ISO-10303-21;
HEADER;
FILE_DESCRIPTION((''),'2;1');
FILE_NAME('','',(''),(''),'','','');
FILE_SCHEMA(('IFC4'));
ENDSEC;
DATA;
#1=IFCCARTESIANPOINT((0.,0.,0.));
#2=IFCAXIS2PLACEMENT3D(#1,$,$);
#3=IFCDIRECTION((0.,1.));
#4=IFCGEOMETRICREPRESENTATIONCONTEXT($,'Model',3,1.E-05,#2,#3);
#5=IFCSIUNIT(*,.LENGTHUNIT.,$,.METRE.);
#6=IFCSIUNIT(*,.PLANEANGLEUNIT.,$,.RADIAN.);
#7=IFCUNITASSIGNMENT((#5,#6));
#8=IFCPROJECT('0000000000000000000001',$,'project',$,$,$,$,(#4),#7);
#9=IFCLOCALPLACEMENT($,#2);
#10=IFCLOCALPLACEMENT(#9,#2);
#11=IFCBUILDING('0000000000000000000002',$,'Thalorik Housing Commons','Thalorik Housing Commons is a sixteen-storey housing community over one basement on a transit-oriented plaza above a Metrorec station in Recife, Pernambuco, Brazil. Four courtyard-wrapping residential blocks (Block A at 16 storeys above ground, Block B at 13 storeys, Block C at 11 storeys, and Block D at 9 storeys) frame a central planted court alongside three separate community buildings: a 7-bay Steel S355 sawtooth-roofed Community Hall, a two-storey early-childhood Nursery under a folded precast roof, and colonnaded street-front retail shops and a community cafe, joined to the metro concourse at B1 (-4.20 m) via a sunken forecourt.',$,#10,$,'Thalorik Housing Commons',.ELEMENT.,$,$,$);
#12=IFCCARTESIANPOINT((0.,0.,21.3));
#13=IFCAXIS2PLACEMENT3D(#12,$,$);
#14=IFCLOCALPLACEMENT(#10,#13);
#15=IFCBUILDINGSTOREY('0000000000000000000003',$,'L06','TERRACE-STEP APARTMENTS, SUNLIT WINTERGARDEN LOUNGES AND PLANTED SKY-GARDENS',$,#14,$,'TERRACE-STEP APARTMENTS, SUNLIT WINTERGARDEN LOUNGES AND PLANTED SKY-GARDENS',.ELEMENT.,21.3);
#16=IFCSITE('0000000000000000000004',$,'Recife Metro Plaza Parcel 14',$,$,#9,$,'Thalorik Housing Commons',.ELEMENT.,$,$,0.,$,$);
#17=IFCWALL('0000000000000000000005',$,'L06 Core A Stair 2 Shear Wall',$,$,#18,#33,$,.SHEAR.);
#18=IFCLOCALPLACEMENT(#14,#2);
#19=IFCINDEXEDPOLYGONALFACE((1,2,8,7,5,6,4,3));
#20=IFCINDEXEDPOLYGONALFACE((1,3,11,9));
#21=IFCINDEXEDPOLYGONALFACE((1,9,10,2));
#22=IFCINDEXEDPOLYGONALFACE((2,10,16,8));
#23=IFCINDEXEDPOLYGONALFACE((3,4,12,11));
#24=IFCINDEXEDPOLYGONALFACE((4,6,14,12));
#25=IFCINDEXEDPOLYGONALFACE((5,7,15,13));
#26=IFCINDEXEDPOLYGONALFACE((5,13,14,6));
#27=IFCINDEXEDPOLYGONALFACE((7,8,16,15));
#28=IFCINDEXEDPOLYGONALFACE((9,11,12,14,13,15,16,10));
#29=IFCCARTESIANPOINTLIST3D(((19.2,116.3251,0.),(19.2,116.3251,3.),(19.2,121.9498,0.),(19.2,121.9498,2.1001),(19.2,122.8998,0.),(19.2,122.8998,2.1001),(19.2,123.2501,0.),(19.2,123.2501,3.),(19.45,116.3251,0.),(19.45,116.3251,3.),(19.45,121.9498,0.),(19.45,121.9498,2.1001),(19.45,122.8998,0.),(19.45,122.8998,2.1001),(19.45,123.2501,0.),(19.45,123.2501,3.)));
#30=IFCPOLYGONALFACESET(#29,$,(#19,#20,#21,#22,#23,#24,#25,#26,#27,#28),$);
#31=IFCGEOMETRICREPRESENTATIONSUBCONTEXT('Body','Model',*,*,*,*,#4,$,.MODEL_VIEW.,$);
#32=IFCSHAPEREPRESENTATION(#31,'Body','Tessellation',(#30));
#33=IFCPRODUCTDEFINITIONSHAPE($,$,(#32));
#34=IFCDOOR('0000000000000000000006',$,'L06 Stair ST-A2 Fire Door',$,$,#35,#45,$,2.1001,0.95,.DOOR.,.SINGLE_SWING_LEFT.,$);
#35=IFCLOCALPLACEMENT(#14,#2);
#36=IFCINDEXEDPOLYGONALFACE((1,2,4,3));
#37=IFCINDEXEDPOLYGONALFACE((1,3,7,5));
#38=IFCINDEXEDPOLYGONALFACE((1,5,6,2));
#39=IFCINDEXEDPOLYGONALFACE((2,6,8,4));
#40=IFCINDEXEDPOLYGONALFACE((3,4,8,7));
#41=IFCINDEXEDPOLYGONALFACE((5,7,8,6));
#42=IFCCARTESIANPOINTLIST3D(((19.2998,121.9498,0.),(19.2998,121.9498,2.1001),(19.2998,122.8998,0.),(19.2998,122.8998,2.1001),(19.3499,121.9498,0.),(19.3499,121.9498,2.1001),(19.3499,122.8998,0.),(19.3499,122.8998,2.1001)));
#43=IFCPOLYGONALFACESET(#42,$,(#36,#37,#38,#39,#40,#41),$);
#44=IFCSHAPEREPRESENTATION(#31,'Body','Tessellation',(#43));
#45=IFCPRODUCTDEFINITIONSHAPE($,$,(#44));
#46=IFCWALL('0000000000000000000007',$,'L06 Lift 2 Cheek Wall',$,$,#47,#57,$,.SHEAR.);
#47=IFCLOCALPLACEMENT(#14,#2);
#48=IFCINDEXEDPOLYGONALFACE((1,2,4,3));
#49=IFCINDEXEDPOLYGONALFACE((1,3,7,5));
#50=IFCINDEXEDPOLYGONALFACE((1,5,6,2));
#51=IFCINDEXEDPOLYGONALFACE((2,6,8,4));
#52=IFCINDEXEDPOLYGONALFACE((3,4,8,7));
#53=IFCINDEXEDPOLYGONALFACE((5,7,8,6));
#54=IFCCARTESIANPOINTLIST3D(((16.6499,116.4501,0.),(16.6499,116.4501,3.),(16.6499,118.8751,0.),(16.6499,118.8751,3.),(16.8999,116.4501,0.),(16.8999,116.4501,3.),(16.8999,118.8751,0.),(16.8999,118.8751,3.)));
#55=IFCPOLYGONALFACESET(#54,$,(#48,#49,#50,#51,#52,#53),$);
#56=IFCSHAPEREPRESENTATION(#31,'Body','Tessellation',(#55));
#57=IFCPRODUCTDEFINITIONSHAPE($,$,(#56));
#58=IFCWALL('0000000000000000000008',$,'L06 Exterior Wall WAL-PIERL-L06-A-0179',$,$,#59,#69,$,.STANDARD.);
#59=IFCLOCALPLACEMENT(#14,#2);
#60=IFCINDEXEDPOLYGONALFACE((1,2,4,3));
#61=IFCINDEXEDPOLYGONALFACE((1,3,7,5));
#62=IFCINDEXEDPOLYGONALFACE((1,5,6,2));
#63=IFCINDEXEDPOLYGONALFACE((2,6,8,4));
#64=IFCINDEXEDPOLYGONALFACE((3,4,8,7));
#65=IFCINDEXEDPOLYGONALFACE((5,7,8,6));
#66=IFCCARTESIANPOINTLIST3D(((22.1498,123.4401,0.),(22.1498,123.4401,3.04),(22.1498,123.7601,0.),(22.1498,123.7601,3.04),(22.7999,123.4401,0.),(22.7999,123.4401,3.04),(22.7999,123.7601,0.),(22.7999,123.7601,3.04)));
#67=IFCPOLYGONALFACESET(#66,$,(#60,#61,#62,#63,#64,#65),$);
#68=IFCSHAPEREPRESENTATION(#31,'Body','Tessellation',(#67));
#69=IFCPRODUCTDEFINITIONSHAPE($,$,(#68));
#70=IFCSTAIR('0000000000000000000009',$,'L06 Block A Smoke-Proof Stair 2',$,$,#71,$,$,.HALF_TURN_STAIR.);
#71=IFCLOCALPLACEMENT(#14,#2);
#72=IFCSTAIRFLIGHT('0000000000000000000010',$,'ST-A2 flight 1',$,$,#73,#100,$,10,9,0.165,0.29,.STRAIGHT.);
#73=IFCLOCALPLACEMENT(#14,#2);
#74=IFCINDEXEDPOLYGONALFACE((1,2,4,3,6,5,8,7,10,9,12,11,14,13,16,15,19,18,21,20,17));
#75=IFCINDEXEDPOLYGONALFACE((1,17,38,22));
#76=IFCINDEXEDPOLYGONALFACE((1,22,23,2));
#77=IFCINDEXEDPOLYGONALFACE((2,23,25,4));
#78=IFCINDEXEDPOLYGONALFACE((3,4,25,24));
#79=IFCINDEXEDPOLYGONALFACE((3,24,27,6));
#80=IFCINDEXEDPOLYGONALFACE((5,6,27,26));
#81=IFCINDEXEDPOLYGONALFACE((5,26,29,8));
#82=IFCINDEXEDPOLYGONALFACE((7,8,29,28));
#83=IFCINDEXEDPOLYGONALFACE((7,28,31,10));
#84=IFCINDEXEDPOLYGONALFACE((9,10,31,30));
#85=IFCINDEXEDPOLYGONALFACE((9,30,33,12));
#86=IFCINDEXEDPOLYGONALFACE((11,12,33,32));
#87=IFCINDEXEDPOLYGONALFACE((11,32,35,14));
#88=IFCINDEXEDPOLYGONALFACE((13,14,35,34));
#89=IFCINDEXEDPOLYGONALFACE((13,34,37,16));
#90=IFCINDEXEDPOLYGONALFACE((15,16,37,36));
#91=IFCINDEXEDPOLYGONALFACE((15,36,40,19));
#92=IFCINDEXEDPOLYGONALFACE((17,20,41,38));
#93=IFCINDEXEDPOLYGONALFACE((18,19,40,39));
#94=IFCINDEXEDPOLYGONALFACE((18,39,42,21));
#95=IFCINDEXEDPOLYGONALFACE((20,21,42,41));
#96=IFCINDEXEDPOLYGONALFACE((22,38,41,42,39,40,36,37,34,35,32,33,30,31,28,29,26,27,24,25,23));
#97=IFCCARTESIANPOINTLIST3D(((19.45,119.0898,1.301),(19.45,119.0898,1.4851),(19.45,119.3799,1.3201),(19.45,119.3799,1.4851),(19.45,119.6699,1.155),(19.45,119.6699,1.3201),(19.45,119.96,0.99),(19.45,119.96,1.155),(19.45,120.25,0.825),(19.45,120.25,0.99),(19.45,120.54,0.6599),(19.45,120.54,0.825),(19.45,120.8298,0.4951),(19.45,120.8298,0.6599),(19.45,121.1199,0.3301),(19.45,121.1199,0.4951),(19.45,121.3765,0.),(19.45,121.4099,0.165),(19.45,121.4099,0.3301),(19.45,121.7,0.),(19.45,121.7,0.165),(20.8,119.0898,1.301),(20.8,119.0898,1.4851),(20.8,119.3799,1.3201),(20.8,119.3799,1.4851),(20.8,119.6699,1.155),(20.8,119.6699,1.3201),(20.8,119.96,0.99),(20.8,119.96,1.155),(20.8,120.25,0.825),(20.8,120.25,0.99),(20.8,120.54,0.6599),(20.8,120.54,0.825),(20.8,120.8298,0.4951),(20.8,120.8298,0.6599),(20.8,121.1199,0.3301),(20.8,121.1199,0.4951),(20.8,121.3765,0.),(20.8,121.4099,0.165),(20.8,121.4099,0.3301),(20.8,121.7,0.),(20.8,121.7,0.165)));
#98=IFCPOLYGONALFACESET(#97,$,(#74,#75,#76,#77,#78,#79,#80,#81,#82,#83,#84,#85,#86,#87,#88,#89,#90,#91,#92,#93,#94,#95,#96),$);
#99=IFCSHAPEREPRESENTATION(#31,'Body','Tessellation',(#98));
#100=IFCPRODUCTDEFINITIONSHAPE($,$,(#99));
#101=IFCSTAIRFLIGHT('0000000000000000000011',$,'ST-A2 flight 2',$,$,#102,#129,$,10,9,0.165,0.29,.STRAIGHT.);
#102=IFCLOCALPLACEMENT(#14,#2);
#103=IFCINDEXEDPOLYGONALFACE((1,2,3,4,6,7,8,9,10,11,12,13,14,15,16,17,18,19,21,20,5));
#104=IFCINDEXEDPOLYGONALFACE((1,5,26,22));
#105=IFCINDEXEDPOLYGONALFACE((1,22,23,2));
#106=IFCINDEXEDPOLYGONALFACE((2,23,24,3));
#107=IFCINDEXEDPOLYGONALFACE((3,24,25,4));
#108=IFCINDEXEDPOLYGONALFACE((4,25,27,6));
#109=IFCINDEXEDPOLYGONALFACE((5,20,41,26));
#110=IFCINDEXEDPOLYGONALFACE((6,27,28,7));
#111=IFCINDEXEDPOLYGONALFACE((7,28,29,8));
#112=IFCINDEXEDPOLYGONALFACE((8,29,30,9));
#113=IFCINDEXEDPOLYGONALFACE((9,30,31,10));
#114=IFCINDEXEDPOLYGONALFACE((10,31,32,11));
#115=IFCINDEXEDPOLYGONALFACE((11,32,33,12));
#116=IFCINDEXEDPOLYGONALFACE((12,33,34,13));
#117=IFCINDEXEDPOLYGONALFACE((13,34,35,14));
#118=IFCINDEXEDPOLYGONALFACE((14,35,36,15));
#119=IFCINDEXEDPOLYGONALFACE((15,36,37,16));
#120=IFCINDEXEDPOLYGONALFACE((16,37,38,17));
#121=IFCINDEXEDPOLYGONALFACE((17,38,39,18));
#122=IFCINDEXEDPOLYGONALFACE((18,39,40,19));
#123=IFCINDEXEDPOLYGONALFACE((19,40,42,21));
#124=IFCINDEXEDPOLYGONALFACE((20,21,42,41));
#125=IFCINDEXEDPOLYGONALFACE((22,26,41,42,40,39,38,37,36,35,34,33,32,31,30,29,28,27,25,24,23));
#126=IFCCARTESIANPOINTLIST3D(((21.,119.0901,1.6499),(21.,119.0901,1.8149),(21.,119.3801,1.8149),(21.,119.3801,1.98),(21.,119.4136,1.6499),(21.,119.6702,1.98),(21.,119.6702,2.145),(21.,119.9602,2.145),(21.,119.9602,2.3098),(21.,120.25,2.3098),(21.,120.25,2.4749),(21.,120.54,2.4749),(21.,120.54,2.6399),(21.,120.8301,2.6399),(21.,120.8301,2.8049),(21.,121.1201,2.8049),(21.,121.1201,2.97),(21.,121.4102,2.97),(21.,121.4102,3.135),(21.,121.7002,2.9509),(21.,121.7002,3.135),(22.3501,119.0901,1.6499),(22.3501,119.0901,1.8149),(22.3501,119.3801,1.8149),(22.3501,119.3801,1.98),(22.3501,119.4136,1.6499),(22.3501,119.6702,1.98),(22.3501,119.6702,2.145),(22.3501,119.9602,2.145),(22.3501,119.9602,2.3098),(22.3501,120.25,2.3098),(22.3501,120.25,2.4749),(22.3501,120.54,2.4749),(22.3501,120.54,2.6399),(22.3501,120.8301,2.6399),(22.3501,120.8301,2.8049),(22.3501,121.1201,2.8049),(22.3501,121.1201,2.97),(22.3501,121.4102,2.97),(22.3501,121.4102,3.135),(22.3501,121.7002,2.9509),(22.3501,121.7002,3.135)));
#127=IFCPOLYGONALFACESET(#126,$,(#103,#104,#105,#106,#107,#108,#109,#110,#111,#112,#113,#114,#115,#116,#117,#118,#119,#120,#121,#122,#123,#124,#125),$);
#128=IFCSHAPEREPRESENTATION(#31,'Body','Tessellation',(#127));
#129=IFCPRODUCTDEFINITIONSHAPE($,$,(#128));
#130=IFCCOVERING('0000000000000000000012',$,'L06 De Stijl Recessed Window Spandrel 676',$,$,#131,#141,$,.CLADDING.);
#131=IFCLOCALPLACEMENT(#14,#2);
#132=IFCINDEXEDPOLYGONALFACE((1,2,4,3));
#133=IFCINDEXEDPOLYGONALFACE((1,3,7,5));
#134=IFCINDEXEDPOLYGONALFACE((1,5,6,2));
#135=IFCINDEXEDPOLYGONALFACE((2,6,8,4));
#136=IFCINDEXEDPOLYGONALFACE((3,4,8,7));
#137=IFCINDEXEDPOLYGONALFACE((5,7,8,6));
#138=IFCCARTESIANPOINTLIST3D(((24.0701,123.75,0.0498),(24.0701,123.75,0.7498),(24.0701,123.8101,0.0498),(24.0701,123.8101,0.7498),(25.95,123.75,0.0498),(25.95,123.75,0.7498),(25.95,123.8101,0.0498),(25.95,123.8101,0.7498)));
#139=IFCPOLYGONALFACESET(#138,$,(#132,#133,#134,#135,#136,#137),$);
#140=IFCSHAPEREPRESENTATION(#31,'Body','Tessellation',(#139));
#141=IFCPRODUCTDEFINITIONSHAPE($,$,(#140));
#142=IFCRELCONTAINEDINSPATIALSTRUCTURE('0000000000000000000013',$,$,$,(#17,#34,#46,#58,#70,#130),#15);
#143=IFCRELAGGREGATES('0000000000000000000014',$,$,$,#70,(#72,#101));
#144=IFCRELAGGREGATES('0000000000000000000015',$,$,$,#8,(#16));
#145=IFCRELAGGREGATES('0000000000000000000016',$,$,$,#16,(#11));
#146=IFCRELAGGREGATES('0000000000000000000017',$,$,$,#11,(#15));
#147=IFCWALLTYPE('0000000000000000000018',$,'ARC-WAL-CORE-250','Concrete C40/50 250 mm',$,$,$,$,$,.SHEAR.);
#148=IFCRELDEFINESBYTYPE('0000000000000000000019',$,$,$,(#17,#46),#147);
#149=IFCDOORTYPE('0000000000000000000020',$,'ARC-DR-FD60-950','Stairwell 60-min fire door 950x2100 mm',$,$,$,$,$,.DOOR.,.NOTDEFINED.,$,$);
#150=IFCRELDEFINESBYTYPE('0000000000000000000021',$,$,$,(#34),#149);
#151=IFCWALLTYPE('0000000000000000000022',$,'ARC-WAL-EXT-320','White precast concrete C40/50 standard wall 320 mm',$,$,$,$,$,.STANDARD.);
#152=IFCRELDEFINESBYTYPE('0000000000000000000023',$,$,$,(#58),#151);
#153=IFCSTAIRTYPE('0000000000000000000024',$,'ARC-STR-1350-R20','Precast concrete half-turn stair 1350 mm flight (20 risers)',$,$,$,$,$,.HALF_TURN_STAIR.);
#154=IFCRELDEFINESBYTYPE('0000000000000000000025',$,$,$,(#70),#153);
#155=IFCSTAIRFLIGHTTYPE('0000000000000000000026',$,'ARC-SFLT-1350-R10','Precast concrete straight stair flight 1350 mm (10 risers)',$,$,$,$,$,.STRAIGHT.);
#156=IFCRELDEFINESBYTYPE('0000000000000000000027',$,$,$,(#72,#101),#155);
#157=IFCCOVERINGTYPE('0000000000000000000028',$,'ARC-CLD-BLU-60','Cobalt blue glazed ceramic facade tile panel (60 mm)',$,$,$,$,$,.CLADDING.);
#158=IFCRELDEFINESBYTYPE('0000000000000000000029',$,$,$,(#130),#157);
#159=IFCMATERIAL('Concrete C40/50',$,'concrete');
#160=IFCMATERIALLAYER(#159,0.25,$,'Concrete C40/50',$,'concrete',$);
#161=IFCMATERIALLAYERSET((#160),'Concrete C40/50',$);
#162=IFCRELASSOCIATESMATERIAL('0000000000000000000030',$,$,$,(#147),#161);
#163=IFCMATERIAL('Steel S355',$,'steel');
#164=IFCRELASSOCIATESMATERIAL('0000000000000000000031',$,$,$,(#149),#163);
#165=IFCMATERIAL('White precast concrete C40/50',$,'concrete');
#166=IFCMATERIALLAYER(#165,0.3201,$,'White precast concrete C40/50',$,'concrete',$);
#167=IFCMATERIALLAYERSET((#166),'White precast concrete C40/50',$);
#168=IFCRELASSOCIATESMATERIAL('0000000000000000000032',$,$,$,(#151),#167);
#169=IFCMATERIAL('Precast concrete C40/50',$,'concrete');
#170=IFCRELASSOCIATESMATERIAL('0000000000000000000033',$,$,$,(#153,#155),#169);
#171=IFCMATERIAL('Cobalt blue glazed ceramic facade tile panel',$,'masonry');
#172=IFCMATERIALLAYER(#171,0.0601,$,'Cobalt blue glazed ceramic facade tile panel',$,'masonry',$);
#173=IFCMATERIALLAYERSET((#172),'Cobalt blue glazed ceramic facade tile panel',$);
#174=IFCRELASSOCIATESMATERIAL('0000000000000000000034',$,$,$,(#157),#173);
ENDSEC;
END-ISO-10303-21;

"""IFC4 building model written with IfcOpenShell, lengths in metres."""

from ifc_helpers import new_model, si_unit, direction, frame, frame_2d, origin, origin_2d, place, context, subcontext, project, spatial, polyline, rectangle, outline, extrude, material, layer, layer_set, type_object, element, fill, aggregate, save


model = new_model("IFC4")

# Units and contexts
model_context = context("Model", 3, precision=1e-05, world=origin(), true_north=direction((0.0, 1.0)))
body_context = subcontext(model_context, "Body", "Model", "MODEL_VIEW")
ifc_project = project(units=[si_unit("LENGTHUNIT", "METRE"), si_unit("PLANEANGLEUNIT", "RADIAN")], contexts=[model_context])

# Site, building, storey
site_placement = place(None, origin())
site = spatial("IfcSite", under=ifc_project, at=site_placement, Name="Recife Metro Plaza Parcel 14", LongName="Thalorik Housing Commons", CompositionType="ELEMENT", RefElevation=0.0)
building_placement = place(site_placement, origin())
building = spatial("IfcBuilding", under=site, at=building_placement, Name="Thalorik Housing Commons", Description="Thalorik Housing Commons is a sixteen-storey housing community over one basement on a transit-oriented plaza above a Metrorec station in Recife, Pernambuco, Brazil. Four courtyard-wrapping residential blocks (Block A at 16 storeys above ground, Block B at 13 storeys, Block C at 11 storeys, and Block D at 9 storeys) frame a central planted court alongside three separate community buildings: a 7-bay Steel S355 sawtooth-roofed Community Hall, a two-storey early-childhood Nursery under a folded precast roof, and colonnaded street-front retail shops and a community cafe, joined to the metro concourse at B1 (-4.20 m) via a sunken forecourt.", LongName="Thalorik Housing Commons", CompositionType="ELEMENT")
storey_placement = place(building_placement, frame((0.0, 0.0, 21.3)))
storey = spatial("IfcBuildingStorey", under=building, at=storey_placement, Name="L06", Description="TERRACE-STEP APARTMENTS, SUNLIT WINTERGARDEN LOUNGES AND PLANTED SKY-GARDENS", LongName="TERRACE-STEP APARTMENTS, SUNLIT WINTERGARDEN LOUNGES AND PLANTED SKY-GARDENS", CompositionType="ELEMENT", Elevation=21.3)

# Shared definitions
ifc_material_1 = material(Name="Precast concrete C40/50", Category="concrete")

# Shared definitions
ifc_material_2 = material(Name="Concrete C40/50", Category="concrete")
ifc_layer_1 = layer(ifc_material_2, 0.25, Name="Concrete C40/50", Category="concrete")
ifc_layer_set_1 = layer_set([ifc_layer_1], Name="Concrete C40/50")
wall_type_1 = type_object("IfcWallType", Name="ARC-WAL-CORE-250", Description="Concrete C40/50 250 mm", PredefinedType="SHEAR", material=ifc_layer_set_1)

# Wall, opening, door
wall_1_placement = place(storey_placement, frame((19.325, 123.25, 0.0), z_axis=(0.0, 0.0, 1.0), x_axis=(0.0, -1.0, 0.0)))
wall_1 = element("IfcWall", 1, at=wall_1_placement, inside=storey, type_object=wall_type_1, Name="L06 Core A Stair 2 Shear Wall", PredefinedType="SHEAR", context=body_context, shape_type="SweptSolid", body=[
    extrude(rectangle(XDim=6.925, YDim=0.25, at=frame_2d((3.4624, 0.0))), origin(), (0.0, 0.0, 1.0), 3.0),
])
opening_1_placement = place(wall_1_placement, frame((0.3501, 0.0, 0.0)))
opening_1 = element("IfcOpeningElement", 2, at=opening_1_placement, cuts=wall_1, PredefinedType="OPENING", context=body_context, shape_type="SweptSolid", body=[
    extrude(rectangle(XDim=0.95, YDim=2.1001, at=frame_2d((0.4751, 1.05))), frame((0.0, 0.135, 0.0), z_axis=(0.0, -1.0, 0.0), x_axis=(1.0, 0.0, 0.0)), (0.0, 0.0, 1.0), 0.27),
])
ifc_material_3 = material(Name="Steel S355", Category="steel")
door_type_1 = type_object("IfcDoorType", Name="ARC-DR-FD60-950", Description="Stairwell 60-min fire door 950x2100 mm", OperationType="NOTDEFINED", PredefinedType="DOOR", material=ifc_material_3)
door_1_placement = place(opening_1_placement, origin())
door_1 = element("IfcDoor", 3, at=door_1_placement, inside=storey, type_object=door_type_1, Name="L06 Stair ST-A2 Fire Door", OperationType="SINGLE_SWING_LEFT", OverallHeight=2.1001, OverallWidth=0.95, PredefinedType="DOOR", context=body_context, shape_type="SweptSolid", body=[
    extrude(rectangle(XDim=0.95, YDim=2.1001, at=frame_2d((0.4751, 1.05))), frame((0.0, 0.0249, 0.0), z_axis=(0.0, -1.0, 0.0), x_axis=(1.0, 0.0, 0.0)), (0.0, 0.0, 1.0), 0.05),
])
fill(opening_1, door_1)

# Walls
wall_2_placement = place(storey_placement, frame((16.7749, 118.875, 0.0), z_axis=(0.0, 0.0, 1.0), x_axis=(0.0, -1.0, 0.0)))
element("IfcWall", 4, at=wall_2_placement, inside=storey, type_object=wall_type_1, Name="L06 Lift 2 Cheek Wall", PredefinedType="SHEAR", context=body_context, shape_type="SweptSolid", body=[
    extrude(rectangle(XDim=2.425, YDim=0.25, at=frame_2d((1.2124, 0.0))), origin(), (0.0, 0.0, 1.0), 3.0),
])
ifc_material_4 = material(Name="White precast concrete C40/50", Category="concrete")
ifc_layer_2 = layer(ifc_material_4, 0.3201, Name="White precast concrete C40/50", Category="concrete")
ifc_layer_set_2 = layer_set([ifc_layer_2], Name="White precast concrete C40/50")
wall_type_2 = type_object("IfcWallType", Name="ARC-WAL-EXT-320", Description="White precast concrete C40/50 standard wall 320 mm", PredefinedType="STANDARD", material=ifc_layer_set_2)
wall_3_placement = place(storey_placement, frame((22.8, 123.6001, 0.0), z_axis=(0.0, 0.0, 1.0), x_axis=(-1.0, 0.0, 0.0)))
element("IfcWall", 5, at=wall_3_placement, inside=storey, type_object=wall_type_2, Name="L06 Exterior Wall WAL-PIERL-L06-A-0179", PredefinedType="STANDARD", context=body_context, shape_type="SweptSolid", body=[
    extrude(rectangle(XDim=0.6501, YDim=0.3201, at=frame_2d((0.3252, 0.0))), origin(), (0.0, 0.0, 1.0), 3.04),
])

# Stair, stair flights
stair_type = type_object("IfcStairType", Name="ARC-STR-1350-R20", Description="Precast concrete half-turn stair 1350 mm flight (20 risers)", PredefinedType="HALF_TURN_STAIR", material=ifc_material_1)
stair_placement = place(storey_placement, origin())
stair = element("IfcStair", 6, at=stair_placement, inside=storey, type_object=stair_type, Name="L06 Block A Smoke-Proof Stair 2", PredefinedType="HALF_TURN_STAIR")
stair_flight_type = type_object("IfcStairFlightType", Name="ARC-SFLT-1350-R10", Description="Precast concrete straight stair flight 1350 mm (10 risers)", PredefinedType="STRAIGHT", material=ifc_material_1)
stair_flight_1_placement = place(storey_placement, frame((20.125, 121.7, 0.0), z_axis=(0.0, 0.0, 1.0), x_axis=(0.0, -1.0, 0.0)))
stair_flight_1 = element("IfcStairFlight", 7, at=stair_flight_1_placement, type_object=stair_flight_type, Name="ST-A2 flight 1", NumberOfRisers=10, NumberOfTreads=9, PredefinedType="STRAIGHT", RiserHeight=0.165, TreadLength=0.29, context=body_context, shape_type="SweptSolid", body=[
    extrude(outline(polyline([(0.0, 0.0), (0.0, 0.165), (0.29, 0.165), (0.29, 0.3301), (0.5801, 0.3301), (0.5801, 0.4951), (0.8701, 0.4951), (0.8701, 0.6599), (1.1599, 0.6599), (1.1599, 0.825), (1.45, 0.825), (1.45, 0.99), (1.74, 0.99), (1.74, 1.155), (2.03, 1.155), (2.03, 1.3201), (2.3201, 1.3201), (2.3201, 1.4851), (2.6101, 1.4851), (2.6101, 1.6499), (2.6101, 1.301), (0.3235, 0.0), (0.0, 0.0)])), frame((0.0, 0.675, 0.0), z_axis=(0.0, -1.0, 0.0), x_axis=(1.0, 0.0, 0.0)), (0.0, 0.0, 1.0), 1.3501),
])
stair_flight_2_placement = place(storey_placement, frame((21.675, 119.0901, 1.6499), z_axis=(0.0, 0.0, 1.0), x_axis=(0.0, 1.0, 0.0)))
stair_flight_2 = element("IfcStairFlight", 8, at=stair_flight_2_placement, type_object=stair_flight_type, Name="ST-A2 flight 2", NumberOfRisers=10, NumberOfTreads=9, PredefinedType="STRAIGHT", RiserHeight=0.165, TreadLength=0.29, context=body_context, shape_type="SweptSolid", body=[
    extrude(outline(polyline([(0.0, 0.0), (0.0, 0.165), (0.29, 0.165), (0.29, 0.3301), (0.5801, 0.3301), (0.5801, 0.4951), (0.8701, 0.4951), (0.8701, 0.6599), (1.1599, 0.6599), (1.1599, 0.825), (1.45, 0.825), (1.45, 0.99), (1.74, 0.99), (1.74, 1.155), (2.03, 1.155), (2.03, 1.3201), (2.3201, 1.3201), (2.3201, 1.4851), (2.6101, 1.4851), (2.6101, 1.6499), (2.6101, 1.301), (0.3235, 0.0), (0.0, 0.0)])), frame((0.0, 0.675, 0.0), z_axis=(0.0, -1.0, 0.0), x_axis=(1.0, 0.0, 0.0)), (0.0, 0.0, 1.0), 1.3501),
])
aggregate(stair, [stair_flight_1, stair_flight_2])

# Covering
ifc_material_5 = material(Name="Cobalt blue glazed ceramic facade tile panel", Category="masonry")
ifc_layer_3 = layer(ifc_material_5, 0.0601, Name="Cobalt blue glazed ceramic facade tile panel", Category="masonry")
ifc_layer_set_3 = layer_set([ifc_layer_3], Name="Cobalt blue glazed ceramic facade tile panel")
covering_type_1 = type_object("IfcCoveringType", Name="ARC-CLD-BLU-60", Description="Cobalt blue glazed ceramic facade tile panel (60 mm)", PredefinedType="CLADDING", material=ifc_layer_set_3)
covering_1_placement = place(storey_placement, frame((25.01, 123.78, 0.0498), z_axis=(0.0, 0.0, 1.0), x_axis=(-1.0, 0.0, 0.0)))
element("IfcCovering", 9, at=covering_1_placement, inside=storey, type_object=covering_type_1, Name="L06 De Stijl Recessed Window Spandrel 676", PredefinedType="CLADDING", context=body_context, shape_type="SweptSolid", body=[
    extrude(rectangle(XDim=1.8799, YDim=0.0601, at=origin_2d()), origin(), (0.0, 0.0, 1.0), 0.7),
])

save(model, "model.ifc")
